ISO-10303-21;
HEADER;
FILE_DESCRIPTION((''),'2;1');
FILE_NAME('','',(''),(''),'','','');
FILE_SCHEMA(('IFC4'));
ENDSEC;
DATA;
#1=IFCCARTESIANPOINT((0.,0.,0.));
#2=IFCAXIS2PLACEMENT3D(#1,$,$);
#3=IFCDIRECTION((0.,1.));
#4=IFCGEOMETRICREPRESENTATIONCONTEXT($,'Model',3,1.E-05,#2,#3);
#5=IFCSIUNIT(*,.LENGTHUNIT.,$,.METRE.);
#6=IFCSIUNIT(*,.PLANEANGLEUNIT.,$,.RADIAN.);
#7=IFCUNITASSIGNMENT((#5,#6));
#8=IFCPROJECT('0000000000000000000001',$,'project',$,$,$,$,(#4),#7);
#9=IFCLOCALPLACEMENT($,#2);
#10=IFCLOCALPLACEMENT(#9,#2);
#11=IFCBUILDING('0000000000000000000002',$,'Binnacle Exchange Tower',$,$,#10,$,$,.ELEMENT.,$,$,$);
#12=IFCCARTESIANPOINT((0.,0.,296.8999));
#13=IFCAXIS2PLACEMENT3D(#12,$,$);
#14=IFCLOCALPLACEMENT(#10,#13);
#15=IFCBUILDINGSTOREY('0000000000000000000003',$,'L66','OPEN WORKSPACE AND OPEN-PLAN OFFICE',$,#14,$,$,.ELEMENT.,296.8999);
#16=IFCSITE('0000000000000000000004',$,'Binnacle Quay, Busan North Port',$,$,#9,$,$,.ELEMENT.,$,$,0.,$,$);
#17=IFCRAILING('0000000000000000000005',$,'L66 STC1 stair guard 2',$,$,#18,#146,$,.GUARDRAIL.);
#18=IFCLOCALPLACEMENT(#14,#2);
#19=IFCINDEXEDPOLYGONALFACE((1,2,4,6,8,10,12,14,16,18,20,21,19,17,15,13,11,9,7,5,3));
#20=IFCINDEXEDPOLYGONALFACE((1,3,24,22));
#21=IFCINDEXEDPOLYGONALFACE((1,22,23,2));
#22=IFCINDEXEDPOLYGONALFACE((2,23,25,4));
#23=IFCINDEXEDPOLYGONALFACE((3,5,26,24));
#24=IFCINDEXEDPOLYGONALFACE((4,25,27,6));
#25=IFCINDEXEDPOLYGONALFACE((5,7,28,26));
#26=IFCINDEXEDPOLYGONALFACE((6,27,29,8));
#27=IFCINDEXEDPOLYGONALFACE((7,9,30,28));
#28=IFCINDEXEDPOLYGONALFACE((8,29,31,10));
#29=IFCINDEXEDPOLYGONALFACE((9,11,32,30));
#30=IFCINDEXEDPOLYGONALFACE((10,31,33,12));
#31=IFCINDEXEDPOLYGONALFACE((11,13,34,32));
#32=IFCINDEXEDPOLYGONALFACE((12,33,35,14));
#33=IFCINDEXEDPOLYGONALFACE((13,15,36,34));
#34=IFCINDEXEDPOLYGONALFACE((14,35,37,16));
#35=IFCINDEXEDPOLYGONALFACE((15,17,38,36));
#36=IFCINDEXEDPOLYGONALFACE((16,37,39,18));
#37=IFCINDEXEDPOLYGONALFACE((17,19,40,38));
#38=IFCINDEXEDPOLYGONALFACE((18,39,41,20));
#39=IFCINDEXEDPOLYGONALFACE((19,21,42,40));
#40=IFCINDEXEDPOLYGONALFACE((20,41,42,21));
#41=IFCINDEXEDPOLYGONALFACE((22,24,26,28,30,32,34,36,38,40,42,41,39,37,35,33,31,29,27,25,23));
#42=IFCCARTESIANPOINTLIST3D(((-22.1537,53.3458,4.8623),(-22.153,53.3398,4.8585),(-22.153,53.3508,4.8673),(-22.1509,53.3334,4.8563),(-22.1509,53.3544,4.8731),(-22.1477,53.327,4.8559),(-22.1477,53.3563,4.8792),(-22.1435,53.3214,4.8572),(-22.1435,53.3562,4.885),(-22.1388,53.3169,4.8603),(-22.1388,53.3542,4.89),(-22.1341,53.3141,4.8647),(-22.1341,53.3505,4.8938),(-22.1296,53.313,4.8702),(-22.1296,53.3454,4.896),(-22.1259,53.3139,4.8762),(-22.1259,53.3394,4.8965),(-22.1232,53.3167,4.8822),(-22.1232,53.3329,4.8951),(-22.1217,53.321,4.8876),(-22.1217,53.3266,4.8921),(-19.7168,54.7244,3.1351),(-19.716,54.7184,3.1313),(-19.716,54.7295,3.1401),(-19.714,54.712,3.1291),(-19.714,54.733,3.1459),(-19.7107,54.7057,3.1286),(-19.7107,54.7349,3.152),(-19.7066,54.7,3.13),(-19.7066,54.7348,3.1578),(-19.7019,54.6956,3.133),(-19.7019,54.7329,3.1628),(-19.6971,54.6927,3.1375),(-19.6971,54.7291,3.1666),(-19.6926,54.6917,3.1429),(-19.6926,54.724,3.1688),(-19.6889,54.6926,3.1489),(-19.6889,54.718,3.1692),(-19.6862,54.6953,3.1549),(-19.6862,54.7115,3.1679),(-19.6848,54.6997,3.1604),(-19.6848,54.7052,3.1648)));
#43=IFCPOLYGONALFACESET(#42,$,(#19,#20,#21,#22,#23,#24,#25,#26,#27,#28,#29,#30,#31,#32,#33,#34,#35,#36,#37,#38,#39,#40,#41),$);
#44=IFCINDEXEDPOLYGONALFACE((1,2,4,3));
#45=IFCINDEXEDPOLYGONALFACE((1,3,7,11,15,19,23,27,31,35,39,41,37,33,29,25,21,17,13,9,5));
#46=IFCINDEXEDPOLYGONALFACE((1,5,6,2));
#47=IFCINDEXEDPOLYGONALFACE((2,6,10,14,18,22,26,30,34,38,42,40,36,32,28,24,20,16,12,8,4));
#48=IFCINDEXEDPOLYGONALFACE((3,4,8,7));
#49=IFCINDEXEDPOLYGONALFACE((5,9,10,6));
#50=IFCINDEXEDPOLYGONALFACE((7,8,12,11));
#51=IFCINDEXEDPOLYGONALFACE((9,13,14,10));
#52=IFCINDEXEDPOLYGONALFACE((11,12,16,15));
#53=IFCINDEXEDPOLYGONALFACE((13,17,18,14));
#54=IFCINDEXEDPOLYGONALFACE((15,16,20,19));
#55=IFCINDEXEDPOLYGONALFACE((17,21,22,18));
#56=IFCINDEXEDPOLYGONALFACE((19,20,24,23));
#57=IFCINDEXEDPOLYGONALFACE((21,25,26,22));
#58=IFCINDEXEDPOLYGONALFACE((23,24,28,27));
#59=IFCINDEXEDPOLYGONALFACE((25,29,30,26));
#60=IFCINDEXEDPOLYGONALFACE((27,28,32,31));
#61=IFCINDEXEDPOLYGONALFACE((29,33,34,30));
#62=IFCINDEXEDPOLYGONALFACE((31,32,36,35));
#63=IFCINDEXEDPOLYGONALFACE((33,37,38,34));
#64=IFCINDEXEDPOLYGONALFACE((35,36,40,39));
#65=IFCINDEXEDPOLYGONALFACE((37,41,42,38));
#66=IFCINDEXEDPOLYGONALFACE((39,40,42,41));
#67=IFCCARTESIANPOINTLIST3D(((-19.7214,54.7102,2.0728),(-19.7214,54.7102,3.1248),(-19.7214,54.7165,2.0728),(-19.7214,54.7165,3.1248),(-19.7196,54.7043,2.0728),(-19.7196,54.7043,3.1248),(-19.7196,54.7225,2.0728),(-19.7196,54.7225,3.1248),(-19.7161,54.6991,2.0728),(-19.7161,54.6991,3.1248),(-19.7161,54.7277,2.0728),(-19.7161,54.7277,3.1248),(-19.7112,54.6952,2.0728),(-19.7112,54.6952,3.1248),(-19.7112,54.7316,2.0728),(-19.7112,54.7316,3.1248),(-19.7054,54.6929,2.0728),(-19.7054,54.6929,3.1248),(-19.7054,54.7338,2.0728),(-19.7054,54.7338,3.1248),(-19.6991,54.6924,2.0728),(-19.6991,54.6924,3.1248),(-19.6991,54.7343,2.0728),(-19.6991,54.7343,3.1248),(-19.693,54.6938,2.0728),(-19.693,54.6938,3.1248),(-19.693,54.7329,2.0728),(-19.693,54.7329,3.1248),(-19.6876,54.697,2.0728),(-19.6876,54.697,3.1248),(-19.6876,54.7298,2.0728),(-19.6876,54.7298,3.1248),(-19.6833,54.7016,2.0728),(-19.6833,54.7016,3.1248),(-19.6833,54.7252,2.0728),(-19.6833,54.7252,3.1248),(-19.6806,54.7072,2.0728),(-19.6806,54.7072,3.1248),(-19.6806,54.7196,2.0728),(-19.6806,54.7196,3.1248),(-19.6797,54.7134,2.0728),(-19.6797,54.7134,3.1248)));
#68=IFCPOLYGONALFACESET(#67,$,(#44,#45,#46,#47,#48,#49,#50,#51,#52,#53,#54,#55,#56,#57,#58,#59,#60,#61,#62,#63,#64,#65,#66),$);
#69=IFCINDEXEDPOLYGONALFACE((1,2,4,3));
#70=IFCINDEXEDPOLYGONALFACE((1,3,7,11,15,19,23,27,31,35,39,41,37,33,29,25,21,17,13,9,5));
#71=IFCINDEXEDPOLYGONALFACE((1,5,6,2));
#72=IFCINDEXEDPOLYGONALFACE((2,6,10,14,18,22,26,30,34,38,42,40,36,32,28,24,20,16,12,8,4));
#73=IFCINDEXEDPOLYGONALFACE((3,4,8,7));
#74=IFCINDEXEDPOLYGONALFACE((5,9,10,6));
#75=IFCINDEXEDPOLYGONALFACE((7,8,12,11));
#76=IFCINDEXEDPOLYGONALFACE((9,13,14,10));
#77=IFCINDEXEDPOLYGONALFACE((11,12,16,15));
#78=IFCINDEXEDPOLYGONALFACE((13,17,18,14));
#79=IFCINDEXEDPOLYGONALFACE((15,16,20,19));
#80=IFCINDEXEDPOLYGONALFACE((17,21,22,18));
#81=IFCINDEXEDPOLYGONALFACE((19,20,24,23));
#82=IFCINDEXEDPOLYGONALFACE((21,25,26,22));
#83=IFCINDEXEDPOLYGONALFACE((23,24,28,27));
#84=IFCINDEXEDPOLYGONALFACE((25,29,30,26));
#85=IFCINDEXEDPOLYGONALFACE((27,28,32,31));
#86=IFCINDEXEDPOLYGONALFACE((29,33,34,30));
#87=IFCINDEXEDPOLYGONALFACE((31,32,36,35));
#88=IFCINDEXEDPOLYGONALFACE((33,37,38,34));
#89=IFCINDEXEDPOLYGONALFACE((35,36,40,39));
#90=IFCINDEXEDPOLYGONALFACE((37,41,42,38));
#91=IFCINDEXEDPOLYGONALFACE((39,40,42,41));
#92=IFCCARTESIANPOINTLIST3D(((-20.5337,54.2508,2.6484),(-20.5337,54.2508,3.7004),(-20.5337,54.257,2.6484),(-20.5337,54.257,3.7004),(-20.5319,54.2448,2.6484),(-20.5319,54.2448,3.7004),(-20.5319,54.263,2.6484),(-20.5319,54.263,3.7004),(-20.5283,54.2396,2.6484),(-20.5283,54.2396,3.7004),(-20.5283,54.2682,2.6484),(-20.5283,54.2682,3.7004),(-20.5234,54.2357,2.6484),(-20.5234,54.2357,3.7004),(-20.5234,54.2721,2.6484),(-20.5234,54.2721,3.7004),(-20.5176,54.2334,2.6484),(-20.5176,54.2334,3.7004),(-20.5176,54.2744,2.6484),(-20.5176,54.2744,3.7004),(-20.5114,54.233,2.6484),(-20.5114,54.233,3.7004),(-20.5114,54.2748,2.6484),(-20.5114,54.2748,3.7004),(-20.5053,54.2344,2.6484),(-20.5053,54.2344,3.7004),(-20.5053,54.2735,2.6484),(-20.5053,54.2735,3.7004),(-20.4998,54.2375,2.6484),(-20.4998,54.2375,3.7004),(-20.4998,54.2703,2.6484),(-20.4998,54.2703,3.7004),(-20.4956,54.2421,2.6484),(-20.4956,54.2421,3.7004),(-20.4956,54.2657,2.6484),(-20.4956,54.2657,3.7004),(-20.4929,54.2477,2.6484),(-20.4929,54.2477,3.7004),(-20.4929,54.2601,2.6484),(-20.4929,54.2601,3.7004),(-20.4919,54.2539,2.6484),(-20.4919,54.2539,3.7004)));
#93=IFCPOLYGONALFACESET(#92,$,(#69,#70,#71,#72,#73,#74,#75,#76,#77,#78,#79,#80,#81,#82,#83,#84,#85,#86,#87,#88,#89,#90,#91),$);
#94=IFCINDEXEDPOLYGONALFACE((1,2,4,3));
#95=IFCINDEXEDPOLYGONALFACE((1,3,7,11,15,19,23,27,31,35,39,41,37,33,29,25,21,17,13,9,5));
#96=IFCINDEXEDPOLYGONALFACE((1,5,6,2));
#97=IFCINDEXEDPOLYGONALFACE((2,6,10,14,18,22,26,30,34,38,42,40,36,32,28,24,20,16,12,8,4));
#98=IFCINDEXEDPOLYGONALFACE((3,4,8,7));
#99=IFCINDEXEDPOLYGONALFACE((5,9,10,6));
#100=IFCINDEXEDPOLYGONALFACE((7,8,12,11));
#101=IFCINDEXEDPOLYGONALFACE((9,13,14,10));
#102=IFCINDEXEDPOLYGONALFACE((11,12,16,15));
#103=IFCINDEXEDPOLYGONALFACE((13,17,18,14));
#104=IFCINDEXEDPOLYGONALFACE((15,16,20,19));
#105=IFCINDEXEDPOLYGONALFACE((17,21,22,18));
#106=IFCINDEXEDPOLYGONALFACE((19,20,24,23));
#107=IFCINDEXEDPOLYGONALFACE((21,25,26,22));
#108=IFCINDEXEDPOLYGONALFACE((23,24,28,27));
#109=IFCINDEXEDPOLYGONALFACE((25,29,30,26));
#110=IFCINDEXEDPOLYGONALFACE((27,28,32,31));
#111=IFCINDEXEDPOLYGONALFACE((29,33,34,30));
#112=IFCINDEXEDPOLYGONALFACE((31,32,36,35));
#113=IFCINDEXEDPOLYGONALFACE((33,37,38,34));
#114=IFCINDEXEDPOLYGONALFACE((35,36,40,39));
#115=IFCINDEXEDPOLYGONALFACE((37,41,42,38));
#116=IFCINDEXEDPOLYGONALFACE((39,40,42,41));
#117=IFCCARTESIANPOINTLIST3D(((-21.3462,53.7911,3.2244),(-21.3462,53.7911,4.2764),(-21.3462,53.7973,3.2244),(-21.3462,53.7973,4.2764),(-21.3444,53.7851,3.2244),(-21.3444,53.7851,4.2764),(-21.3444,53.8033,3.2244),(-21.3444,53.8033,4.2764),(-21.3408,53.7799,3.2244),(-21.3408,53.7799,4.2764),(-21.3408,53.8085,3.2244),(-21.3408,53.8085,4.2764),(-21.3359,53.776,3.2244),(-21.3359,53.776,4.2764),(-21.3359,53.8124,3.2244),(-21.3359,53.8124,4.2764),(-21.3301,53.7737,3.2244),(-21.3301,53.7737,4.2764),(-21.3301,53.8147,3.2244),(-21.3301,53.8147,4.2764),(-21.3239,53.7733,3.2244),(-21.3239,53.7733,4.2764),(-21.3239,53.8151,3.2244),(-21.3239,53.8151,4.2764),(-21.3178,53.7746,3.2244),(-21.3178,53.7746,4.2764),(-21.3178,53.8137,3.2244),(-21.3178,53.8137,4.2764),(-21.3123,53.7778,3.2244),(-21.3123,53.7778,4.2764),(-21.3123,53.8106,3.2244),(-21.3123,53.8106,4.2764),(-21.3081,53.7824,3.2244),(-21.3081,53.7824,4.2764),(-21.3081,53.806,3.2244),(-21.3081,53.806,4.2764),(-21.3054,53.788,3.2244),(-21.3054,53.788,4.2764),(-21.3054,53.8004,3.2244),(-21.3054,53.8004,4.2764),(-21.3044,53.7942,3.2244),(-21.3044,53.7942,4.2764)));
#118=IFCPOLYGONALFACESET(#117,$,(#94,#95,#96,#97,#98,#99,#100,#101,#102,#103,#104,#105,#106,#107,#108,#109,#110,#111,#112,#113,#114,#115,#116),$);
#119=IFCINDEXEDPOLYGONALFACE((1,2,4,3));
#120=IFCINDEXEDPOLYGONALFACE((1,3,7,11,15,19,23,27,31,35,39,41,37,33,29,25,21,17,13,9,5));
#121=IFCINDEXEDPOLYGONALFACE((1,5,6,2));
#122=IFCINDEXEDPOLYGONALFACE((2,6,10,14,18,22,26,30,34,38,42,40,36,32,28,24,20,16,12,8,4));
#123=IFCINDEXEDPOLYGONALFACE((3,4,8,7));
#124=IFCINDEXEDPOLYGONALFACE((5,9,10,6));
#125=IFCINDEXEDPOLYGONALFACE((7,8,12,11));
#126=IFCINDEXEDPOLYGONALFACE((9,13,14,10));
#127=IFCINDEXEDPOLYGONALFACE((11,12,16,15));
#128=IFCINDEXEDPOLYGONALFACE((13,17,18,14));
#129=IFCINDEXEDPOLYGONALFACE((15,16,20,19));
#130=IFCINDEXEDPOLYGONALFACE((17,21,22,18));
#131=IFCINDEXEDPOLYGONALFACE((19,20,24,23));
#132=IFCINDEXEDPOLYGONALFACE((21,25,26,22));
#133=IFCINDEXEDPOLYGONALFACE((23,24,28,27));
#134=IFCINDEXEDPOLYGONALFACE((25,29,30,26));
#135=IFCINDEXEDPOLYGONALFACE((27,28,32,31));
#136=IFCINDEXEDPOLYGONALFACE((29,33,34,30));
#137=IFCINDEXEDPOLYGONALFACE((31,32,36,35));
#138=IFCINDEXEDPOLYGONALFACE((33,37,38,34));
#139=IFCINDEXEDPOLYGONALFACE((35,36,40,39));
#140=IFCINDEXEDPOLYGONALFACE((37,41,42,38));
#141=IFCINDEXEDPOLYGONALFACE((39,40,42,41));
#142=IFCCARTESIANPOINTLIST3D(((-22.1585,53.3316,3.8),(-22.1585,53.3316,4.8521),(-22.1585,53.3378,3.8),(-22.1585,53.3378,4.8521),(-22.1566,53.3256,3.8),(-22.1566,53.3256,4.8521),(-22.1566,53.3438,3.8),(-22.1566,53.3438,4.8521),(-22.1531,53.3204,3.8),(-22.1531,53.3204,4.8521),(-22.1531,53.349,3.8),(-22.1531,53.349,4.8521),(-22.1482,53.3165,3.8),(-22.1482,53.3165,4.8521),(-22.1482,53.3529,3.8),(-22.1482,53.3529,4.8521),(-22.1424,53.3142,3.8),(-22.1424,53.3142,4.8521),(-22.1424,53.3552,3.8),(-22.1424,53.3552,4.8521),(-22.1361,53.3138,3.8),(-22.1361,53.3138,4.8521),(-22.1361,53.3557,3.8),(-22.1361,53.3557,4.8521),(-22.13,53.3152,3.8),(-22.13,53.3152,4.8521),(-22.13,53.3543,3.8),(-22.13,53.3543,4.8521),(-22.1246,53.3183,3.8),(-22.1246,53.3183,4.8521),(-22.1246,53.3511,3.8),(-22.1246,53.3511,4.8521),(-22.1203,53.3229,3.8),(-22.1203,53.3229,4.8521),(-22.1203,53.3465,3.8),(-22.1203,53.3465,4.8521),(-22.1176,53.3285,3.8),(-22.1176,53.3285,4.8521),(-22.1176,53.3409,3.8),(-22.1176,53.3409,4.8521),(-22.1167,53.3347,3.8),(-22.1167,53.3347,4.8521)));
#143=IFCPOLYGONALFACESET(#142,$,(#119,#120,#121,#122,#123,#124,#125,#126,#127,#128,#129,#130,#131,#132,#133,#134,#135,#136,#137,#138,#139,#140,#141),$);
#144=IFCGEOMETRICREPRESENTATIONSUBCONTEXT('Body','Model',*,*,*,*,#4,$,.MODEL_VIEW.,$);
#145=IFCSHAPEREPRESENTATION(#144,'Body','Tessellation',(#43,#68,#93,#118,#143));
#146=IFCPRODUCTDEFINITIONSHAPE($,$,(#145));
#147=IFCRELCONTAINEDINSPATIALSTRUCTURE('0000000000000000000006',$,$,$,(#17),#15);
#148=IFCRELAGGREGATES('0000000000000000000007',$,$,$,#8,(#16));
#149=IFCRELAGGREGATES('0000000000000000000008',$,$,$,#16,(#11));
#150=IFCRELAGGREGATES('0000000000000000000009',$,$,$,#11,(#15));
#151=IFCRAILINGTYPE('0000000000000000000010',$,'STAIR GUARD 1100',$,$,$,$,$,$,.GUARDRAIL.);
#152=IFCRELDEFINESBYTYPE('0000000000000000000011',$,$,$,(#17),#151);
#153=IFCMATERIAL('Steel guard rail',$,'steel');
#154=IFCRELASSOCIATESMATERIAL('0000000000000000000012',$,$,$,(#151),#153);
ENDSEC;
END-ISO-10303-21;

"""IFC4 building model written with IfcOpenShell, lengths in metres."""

from ifc_helpers import new_model, si_unit, direction, frame, origin, origin_2d, place, context, subcontext, project, spatial, circle, extrude, material, type_object, element, save


model = new_model("IFC4")

# Units and contexts
model_context = context("Model", 3, precision=1e-05, world=origin(), true_north=direction((0.0, 1.0)))
body_context = subcontext(model_context, "Body", "Model", "MODEL_VIEW")
ifc_project = project(units=[si_unit("LENGTHUNIT", "METRE"), si_unit("PLANEANGLEUNIT", "RADIAN")], contexts=[model_context])

# Site, building, storey
site_placement = place(None, origin())
site = spatial("IfcSite", under=ifc_project, at=site_placement, Name="Binnacle Quay, Busan North Port", CompositionType="ELEMENT", RefElevation=0.0)
building_placement = place(site_placement, origin())
building = spatial("IfcBuilding", under=site, at=building_placement, Name="Binnacle Exchange Tower", CompositionType="ELEMENT")
storey_placement = place(building_placement, frame((0.0, 0.0, 296.8999)))
storey = spatial("IfcBuildingStorey", under=building, at=storey_placement, Name="L66", Description="OPEN WORKSPACE AND OPEN-PLAN OFFICE", CompositionType="ELEMENT", Elevation=296.8999)

# Railing
ifc_material_1 = material(Name="Steel guard rail", Category="steel")
railing_type = type_object("IfcRailingType", Name="STAIR GUARD 1100", PredefinedType="GUARDRAIL", material=ifc_material_1)
railing_placement = place(storey_placement, frame((-19.7007, 54.7134, 2.0728)))
element("IfcRailing", 1, at=railing_placement, inside=storey, type_object=railing_type, Name="L66 STC1 stair guard 2", PredefinedType="GUARDRAIL", context=body_context, shape_type="SweptSolid", body=[
    extrude(circle(Radius=0.0239, at=origin_2d()), frame((0.0, 0.0, 1.0762), z_axis=(-0.740761, -0.419062, 0.525033), x_axis=(0.492388, -0.870376, 0.0)), (0.0, 0.0, 1.0), 3.2898),
    extrude(circle(Radius=0.021, at=origin_2d()), origin(), (0.0, 0.0, 1.0), 1.052),
    extrude(circle(Radius=0.021, at=origin_2d()), frame((-0.8123, -0.4595, 0.5757)), (0.0, 0.0, 1.0), 1.052),
    extrude(circle(Radius=0.021, at=origin_2d()), frame((-1.6248, -0.9192, 1.1516)), (0.0, 0.0, 1.0), 1.052),
    extrude(circle(Radius=0.021, at=origin_2d()), frame((-2.437, -1.3787, 1.7273)), (0.0, 0.0, 1.0), 1.052),
])

save(model, "model.ifc")
